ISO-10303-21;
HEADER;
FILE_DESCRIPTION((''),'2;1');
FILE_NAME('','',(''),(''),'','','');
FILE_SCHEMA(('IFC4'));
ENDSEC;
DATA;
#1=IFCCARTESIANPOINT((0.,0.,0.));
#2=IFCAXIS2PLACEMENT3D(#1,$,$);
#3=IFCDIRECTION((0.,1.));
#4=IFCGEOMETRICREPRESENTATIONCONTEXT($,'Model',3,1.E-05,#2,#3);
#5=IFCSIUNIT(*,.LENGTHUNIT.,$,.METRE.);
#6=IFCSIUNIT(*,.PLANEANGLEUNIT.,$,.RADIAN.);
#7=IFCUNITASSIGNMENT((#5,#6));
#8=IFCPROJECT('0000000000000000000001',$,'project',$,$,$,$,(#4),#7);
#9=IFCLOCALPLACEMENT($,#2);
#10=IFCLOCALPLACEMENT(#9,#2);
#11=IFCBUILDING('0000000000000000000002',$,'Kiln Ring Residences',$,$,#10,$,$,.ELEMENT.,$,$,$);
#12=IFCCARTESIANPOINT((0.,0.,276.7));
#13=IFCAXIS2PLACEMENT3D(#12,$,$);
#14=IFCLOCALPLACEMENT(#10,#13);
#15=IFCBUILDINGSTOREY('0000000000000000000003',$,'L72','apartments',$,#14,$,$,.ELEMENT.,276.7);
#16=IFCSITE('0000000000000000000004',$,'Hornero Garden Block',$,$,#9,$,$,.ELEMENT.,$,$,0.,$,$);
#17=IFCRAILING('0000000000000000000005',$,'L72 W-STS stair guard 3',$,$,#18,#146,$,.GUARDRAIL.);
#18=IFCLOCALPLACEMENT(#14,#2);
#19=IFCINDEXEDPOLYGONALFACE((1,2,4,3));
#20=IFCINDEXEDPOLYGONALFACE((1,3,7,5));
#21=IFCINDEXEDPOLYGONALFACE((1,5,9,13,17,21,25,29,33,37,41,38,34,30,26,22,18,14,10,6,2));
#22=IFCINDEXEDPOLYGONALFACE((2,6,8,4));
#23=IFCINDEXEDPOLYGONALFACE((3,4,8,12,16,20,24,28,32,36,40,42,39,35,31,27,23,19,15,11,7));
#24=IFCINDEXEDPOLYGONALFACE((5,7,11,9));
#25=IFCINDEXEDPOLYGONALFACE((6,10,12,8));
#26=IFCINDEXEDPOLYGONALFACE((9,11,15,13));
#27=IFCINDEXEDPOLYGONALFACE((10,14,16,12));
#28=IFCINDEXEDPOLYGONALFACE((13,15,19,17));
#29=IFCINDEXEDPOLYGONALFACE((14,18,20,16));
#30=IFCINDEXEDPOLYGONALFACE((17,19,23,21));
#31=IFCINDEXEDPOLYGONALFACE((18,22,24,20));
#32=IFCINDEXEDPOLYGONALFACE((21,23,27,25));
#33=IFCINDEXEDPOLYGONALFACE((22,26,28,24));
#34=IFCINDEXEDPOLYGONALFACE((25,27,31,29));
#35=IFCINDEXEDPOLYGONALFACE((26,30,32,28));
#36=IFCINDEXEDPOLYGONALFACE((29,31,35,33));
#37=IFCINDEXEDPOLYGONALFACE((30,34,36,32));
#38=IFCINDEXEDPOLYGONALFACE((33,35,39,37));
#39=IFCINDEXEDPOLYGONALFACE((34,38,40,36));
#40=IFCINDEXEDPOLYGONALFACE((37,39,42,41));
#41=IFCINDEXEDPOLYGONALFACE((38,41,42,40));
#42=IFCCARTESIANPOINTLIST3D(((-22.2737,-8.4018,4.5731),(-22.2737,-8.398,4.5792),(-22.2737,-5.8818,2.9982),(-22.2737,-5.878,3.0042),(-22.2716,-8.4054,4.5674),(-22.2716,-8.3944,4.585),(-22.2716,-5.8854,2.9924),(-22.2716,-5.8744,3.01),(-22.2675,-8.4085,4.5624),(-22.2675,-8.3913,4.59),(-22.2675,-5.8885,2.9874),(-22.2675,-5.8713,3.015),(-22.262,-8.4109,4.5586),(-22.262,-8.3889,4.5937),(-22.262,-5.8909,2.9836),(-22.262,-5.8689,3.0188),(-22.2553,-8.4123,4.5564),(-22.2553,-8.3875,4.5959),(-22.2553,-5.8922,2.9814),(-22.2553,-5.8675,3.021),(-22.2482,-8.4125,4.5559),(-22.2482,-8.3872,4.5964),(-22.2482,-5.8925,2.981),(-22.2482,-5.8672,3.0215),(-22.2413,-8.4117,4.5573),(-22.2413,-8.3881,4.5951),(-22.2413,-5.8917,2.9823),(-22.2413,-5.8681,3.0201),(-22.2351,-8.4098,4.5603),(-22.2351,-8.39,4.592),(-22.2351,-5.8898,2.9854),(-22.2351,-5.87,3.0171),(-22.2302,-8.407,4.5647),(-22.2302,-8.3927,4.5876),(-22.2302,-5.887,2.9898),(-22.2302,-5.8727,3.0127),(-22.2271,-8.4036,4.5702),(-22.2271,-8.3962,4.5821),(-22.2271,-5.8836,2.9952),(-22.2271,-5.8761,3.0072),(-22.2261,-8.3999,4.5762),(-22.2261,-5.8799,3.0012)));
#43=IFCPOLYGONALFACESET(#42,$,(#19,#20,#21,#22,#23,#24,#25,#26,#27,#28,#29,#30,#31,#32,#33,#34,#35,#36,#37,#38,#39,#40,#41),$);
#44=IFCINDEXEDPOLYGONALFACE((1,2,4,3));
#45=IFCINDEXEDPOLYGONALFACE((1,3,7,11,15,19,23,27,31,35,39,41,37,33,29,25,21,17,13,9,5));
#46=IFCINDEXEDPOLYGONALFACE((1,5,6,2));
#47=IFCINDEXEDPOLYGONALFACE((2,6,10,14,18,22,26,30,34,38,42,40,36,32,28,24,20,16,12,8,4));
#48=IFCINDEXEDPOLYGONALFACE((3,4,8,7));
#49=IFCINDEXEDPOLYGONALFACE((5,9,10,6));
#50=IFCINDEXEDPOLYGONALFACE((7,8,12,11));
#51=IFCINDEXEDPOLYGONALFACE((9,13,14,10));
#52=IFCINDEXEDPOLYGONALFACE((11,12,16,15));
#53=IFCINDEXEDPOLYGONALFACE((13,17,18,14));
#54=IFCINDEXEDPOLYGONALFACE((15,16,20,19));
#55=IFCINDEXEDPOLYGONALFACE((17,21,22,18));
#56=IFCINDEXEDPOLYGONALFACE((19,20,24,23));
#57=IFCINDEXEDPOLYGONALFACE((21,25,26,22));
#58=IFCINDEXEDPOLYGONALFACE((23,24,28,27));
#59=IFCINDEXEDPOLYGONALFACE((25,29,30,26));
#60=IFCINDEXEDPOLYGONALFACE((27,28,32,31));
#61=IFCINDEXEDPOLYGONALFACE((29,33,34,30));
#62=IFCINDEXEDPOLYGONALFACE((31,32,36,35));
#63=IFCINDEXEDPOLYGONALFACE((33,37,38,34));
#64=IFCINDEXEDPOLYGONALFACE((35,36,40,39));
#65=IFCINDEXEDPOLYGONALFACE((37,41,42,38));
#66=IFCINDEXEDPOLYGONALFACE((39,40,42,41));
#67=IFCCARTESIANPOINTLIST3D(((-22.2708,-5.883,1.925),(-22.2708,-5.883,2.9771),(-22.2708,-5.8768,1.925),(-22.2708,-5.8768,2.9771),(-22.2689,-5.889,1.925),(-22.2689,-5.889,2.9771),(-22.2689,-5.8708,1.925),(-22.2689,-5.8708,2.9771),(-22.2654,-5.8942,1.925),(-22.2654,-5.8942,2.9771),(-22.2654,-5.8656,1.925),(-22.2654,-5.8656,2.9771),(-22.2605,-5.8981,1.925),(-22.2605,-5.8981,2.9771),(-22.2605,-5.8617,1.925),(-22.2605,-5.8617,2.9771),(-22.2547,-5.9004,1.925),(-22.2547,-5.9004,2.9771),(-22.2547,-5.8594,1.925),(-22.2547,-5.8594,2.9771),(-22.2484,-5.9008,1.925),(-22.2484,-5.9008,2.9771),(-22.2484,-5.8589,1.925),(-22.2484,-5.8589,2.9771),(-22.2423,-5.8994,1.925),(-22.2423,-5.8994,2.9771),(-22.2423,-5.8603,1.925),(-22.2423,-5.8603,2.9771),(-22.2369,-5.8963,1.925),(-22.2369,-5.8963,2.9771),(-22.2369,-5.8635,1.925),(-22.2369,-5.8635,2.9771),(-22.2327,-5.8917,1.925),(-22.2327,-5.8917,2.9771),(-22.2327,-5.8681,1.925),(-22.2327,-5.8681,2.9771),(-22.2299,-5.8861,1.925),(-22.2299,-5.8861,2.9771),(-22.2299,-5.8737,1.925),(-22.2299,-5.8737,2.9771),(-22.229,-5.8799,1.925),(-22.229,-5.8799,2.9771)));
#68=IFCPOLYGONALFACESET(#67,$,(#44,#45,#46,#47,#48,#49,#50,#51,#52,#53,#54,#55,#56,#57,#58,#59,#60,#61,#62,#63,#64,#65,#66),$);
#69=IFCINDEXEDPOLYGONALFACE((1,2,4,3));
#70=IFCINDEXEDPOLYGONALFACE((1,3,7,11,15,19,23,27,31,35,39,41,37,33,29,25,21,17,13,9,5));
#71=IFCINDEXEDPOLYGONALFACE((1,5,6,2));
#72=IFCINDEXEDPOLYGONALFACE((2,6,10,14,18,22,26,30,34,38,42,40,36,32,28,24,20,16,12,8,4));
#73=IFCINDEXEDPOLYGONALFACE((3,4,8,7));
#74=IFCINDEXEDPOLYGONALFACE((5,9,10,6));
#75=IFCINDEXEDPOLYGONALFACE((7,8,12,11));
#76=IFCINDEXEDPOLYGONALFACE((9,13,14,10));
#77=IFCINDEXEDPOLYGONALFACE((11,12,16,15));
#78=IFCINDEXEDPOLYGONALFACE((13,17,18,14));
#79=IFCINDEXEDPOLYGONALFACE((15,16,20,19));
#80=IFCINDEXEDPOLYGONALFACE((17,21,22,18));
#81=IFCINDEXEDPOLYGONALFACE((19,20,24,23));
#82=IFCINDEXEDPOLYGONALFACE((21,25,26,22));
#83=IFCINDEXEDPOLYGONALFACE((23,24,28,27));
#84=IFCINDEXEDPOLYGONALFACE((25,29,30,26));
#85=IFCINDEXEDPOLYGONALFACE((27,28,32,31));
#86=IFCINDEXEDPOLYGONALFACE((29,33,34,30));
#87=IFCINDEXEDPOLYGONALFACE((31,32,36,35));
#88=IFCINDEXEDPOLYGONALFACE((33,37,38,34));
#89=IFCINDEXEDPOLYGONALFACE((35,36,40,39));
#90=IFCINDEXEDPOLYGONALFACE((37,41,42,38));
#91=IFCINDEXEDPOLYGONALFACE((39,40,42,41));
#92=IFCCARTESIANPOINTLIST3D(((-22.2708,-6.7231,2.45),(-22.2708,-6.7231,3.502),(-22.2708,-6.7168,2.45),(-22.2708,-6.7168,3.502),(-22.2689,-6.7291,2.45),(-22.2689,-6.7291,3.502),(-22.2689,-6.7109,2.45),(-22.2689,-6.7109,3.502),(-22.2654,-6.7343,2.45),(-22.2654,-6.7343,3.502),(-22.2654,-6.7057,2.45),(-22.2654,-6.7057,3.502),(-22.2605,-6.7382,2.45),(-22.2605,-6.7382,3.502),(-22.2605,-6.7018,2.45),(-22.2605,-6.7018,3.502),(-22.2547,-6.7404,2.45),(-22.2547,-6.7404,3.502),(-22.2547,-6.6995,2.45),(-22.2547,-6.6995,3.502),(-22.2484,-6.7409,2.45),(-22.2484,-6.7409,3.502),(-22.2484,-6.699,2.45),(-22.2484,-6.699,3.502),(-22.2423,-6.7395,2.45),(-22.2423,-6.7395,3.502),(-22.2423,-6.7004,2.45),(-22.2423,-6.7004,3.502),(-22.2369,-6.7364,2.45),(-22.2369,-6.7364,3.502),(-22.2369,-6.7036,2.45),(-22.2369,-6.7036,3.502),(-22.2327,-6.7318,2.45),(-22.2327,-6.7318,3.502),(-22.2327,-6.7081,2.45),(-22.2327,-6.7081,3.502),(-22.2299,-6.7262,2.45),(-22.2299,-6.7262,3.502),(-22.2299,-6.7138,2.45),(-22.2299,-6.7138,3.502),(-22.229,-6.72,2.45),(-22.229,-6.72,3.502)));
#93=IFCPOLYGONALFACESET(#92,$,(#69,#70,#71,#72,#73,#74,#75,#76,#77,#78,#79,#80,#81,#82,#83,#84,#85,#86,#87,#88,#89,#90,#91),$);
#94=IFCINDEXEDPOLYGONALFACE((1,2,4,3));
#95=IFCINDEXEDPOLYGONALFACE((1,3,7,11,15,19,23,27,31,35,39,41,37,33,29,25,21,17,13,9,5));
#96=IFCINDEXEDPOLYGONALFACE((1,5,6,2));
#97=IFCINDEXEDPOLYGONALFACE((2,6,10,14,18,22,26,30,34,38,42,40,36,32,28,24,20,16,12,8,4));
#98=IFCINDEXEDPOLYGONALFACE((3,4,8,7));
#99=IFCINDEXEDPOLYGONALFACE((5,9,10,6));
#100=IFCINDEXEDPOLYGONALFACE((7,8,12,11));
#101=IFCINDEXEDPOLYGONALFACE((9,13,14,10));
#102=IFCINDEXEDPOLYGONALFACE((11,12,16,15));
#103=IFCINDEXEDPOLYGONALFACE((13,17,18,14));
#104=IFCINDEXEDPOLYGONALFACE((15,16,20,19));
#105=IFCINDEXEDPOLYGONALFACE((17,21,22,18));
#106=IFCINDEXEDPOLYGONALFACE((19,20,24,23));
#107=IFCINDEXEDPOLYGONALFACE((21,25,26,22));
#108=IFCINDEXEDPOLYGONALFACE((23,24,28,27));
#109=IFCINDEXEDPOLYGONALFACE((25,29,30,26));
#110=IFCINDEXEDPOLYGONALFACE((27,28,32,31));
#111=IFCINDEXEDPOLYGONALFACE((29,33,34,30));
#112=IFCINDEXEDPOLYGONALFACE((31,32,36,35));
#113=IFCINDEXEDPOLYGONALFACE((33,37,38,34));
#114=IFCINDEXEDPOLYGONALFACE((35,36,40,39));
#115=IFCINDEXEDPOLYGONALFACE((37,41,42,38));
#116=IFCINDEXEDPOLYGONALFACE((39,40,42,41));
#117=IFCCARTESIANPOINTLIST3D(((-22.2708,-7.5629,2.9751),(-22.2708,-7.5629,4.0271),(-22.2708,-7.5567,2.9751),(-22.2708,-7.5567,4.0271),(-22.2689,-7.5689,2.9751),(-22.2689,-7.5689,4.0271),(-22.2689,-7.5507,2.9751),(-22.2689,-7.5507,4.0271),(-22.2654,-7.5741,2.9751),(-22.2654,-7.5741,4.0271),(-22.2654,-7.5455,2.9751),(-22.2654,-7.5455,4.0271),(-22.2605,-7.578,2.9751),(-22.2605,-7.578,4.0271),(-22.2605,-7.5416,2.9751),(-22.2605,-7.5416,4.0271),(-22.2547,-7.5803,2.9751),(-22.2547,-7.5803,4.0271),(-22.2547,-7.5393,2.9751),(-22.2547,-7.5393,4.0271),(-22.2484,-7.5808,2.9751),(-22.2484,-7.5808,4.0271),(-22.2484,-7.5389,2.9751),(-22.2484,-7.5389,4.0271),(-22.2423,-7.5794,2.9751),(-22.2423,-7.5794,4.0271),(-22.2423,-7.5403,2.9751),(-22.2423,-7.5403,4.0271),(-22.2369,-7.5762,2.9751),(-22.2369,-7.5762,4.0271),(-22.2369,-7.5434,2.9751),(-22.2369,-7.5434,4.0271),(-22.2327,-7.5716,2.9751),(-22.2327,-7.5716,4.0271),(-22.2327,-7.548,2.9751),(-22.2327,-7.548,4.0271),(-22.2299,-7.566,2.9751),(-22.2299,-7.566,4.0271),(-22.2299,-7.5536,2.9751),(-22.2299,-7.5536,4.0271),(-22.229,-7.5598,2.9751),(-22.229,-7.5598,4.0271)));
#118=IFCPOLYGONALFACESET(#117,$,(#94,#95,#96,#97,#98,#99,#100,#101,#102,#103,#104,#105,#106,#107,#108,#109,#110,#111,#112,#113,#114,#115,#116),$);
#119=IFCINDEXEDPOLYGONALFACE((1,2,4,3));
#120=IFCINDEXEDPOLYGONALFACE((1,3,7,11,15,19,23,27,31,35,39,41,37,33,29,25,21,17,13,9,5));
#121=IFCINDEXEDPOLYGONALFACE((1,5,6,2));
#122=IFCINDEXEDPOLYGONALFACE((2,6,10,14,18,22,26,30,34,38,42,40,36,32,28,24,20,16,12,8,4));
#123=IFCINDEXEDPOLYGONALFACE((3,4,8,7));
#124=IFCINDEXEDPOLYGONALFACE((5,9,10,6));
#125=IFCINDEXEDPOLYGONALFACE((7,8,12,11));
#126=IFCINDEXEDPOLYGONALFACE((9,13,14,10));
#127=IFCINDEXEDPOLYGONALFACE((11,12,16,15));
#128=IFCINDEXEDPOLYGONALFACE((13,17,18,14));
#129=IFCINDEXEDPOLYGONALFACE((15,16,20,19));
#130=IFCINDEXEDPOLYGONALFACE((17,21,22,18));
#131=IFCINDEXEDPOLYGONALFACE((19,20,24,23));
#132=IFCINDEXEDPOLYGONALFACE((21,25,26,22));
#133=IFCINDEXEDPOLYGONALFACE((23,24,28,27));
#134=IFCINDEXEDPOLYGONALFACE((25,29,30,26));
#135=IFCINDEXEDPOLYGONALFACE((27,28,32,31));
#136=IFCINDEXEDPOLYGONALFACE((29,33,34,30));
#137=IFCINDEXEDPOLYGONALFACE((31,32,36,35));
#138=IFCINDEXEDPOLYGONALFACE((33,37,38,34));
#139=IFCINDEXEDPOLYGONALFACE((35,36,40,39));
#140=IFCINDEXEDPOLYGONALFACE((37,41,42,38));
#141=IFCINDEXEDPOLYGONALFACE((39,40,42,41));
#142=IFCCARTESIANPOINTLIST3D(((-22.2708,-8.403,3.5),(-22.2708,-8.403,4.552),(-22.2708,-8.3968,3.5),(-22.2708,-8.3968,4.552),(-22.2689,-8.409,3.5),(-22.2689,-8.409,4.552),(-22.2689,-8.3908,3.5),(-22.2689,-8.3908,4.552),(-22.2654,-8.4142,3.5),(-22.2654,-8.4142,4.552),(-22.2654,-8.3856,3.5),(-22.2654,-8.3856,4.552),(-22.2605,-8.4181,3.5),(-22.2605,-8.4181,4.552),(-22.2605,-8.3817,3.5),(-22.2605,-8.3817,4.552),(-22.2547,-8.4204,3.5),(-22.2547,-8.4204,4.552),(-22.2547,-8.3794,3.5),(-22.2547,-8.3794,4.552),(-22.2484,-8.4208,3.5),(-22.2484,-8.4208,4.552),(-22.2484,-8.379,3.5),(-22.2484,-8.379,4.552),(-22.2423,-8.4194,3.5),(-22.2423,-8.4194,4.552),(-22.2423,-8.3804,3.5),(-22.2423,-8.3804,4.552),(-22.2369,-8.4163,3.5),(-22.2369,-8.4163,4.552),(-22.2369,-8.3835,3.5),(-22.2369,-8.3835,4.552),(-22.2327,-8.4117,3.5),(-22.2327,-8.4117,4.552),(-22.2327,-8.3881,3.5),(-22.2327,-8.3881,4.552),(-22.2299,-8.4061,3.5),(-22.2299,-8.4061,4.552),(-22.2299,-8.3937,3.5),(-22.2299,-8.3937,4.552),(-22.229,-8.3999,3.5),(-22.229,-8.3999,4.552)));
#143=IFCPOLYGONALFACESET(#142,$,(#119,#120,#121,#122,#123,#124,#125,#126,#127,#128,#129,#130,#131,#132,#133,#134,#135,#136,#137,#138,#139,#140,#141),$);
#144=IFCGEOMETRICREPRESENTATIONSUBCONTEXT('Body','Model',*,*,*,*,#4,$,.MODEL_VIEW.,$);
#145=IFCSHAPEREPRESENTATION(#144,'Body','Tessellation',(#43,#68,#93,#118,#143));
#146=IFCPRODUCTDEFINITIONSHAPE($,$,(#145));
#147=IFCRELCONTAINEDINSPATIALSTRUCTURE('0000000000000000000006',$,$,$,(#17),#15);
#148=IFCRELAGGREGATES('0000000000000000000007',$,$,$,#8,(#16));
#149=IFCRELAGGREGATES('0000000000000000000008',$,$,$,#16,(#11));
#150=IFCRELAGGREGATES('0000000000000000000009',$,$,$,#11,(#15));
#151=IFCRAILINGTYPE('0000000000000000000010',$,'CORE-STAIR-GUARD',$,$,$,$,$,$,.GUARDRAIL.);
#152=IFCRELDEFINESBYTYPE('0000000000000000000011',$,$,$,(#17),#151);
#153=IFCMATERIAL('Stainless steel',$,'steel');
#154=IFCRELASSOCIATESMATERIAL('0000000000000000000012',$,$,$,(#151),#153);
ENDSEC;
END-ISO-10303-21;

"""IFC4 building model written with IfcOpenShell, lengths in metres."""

from ifc_helpers import new_model, si_unit, direction, frame, origin, origin_2d, place, context, subcontext, project, spatial, circle, extrude, material, type_object, element, save


model = new_model("IFC4")

# Units and contexts
model_context = context("Model", 3, precision=1e-05, world=origin(), true_north=direction((0.0, 1.0)))
body_context = subcontext(model_context, "Body", "Model", "MODEL_VIEW")
ifc_project = project(units=[si_unit("LENGTHUNIT", "METRE"), si_unit("PLANEANGLEUNIT", "RADIAN")], contexts=[model_context])

# Site, building, storey
site_placement = place(None, origin())
site = spatial("IfcSite", under=ifc_project, at=site_placement, Name="Hornero Garden Block", CompositionType="ELEMENT", RefElevation=0.0)
building_placement = place(site_placement, origin())
building = spatial("IfcBuilding", under=site, at=building_placement, Name="Kiln Ring Residences", CompositionType="ELEMENT")
storey_placement = place(building_placement, frame((0.0, 0.0, 276.7)))
storey = spatial("IfcBuildingStorey", under=building, at=storey_placement, Name="L72", Description="apartments", CompositionType="ELEMENT", Elevation=276.7)

# Railing
ifc_material_1 = material(Name="Stainless steel", Category="steel")
railing_type_1 = type_object("IfcRailingType", Name="CORE-STAIR-GUARD", PredefinedType="GUARDRAIL", material=ifc_material_1)
railing_1_placement = place(storey_placement, frame((-22.25, -5.8799, 1.925)))
element("IfcRailing", 1, at=railing_1_placement, inside=storey, type_object=railing_type_1, Name="L72 W-STS stair guard 3", PredefinedType="GUARDRAIL", context=body_context, shape_type="SweptSolid", body=[
    extrude(circle(Radius=0.0239, at=origin_2d()), frame((0.0, 0.0, 1.0762), z_axis=(0.0, -0.848008, 0.529984), x_axis=(1.0, 0.0, 0.0)), (0.0, 0.0, 1.0), 2.9717),
    extrude(circle(Radius=0.021, at=origin_2d()), origin(), (0.0, 0.0, 1.0), 1.052),
    extrude(circle(Radius=0.021, at=origin_2d()), frame((0.0, -0.8401, 0.5249)), (0.0, 0.0, 1.0), 1.052),
    extrude(circle(Radius=0.021, at=origin_2d()), frame((0.0, -1.6799, 1.05)), (0.0, 0.0, 1.0), 1.052),
    extrude(circle(Radius=0.021, at=origin_2d()), frame((0.0, -2.52, 1.575)), (0.0, 0.0, 1.0), 1.052),
])

save(model, "model.ifc")
